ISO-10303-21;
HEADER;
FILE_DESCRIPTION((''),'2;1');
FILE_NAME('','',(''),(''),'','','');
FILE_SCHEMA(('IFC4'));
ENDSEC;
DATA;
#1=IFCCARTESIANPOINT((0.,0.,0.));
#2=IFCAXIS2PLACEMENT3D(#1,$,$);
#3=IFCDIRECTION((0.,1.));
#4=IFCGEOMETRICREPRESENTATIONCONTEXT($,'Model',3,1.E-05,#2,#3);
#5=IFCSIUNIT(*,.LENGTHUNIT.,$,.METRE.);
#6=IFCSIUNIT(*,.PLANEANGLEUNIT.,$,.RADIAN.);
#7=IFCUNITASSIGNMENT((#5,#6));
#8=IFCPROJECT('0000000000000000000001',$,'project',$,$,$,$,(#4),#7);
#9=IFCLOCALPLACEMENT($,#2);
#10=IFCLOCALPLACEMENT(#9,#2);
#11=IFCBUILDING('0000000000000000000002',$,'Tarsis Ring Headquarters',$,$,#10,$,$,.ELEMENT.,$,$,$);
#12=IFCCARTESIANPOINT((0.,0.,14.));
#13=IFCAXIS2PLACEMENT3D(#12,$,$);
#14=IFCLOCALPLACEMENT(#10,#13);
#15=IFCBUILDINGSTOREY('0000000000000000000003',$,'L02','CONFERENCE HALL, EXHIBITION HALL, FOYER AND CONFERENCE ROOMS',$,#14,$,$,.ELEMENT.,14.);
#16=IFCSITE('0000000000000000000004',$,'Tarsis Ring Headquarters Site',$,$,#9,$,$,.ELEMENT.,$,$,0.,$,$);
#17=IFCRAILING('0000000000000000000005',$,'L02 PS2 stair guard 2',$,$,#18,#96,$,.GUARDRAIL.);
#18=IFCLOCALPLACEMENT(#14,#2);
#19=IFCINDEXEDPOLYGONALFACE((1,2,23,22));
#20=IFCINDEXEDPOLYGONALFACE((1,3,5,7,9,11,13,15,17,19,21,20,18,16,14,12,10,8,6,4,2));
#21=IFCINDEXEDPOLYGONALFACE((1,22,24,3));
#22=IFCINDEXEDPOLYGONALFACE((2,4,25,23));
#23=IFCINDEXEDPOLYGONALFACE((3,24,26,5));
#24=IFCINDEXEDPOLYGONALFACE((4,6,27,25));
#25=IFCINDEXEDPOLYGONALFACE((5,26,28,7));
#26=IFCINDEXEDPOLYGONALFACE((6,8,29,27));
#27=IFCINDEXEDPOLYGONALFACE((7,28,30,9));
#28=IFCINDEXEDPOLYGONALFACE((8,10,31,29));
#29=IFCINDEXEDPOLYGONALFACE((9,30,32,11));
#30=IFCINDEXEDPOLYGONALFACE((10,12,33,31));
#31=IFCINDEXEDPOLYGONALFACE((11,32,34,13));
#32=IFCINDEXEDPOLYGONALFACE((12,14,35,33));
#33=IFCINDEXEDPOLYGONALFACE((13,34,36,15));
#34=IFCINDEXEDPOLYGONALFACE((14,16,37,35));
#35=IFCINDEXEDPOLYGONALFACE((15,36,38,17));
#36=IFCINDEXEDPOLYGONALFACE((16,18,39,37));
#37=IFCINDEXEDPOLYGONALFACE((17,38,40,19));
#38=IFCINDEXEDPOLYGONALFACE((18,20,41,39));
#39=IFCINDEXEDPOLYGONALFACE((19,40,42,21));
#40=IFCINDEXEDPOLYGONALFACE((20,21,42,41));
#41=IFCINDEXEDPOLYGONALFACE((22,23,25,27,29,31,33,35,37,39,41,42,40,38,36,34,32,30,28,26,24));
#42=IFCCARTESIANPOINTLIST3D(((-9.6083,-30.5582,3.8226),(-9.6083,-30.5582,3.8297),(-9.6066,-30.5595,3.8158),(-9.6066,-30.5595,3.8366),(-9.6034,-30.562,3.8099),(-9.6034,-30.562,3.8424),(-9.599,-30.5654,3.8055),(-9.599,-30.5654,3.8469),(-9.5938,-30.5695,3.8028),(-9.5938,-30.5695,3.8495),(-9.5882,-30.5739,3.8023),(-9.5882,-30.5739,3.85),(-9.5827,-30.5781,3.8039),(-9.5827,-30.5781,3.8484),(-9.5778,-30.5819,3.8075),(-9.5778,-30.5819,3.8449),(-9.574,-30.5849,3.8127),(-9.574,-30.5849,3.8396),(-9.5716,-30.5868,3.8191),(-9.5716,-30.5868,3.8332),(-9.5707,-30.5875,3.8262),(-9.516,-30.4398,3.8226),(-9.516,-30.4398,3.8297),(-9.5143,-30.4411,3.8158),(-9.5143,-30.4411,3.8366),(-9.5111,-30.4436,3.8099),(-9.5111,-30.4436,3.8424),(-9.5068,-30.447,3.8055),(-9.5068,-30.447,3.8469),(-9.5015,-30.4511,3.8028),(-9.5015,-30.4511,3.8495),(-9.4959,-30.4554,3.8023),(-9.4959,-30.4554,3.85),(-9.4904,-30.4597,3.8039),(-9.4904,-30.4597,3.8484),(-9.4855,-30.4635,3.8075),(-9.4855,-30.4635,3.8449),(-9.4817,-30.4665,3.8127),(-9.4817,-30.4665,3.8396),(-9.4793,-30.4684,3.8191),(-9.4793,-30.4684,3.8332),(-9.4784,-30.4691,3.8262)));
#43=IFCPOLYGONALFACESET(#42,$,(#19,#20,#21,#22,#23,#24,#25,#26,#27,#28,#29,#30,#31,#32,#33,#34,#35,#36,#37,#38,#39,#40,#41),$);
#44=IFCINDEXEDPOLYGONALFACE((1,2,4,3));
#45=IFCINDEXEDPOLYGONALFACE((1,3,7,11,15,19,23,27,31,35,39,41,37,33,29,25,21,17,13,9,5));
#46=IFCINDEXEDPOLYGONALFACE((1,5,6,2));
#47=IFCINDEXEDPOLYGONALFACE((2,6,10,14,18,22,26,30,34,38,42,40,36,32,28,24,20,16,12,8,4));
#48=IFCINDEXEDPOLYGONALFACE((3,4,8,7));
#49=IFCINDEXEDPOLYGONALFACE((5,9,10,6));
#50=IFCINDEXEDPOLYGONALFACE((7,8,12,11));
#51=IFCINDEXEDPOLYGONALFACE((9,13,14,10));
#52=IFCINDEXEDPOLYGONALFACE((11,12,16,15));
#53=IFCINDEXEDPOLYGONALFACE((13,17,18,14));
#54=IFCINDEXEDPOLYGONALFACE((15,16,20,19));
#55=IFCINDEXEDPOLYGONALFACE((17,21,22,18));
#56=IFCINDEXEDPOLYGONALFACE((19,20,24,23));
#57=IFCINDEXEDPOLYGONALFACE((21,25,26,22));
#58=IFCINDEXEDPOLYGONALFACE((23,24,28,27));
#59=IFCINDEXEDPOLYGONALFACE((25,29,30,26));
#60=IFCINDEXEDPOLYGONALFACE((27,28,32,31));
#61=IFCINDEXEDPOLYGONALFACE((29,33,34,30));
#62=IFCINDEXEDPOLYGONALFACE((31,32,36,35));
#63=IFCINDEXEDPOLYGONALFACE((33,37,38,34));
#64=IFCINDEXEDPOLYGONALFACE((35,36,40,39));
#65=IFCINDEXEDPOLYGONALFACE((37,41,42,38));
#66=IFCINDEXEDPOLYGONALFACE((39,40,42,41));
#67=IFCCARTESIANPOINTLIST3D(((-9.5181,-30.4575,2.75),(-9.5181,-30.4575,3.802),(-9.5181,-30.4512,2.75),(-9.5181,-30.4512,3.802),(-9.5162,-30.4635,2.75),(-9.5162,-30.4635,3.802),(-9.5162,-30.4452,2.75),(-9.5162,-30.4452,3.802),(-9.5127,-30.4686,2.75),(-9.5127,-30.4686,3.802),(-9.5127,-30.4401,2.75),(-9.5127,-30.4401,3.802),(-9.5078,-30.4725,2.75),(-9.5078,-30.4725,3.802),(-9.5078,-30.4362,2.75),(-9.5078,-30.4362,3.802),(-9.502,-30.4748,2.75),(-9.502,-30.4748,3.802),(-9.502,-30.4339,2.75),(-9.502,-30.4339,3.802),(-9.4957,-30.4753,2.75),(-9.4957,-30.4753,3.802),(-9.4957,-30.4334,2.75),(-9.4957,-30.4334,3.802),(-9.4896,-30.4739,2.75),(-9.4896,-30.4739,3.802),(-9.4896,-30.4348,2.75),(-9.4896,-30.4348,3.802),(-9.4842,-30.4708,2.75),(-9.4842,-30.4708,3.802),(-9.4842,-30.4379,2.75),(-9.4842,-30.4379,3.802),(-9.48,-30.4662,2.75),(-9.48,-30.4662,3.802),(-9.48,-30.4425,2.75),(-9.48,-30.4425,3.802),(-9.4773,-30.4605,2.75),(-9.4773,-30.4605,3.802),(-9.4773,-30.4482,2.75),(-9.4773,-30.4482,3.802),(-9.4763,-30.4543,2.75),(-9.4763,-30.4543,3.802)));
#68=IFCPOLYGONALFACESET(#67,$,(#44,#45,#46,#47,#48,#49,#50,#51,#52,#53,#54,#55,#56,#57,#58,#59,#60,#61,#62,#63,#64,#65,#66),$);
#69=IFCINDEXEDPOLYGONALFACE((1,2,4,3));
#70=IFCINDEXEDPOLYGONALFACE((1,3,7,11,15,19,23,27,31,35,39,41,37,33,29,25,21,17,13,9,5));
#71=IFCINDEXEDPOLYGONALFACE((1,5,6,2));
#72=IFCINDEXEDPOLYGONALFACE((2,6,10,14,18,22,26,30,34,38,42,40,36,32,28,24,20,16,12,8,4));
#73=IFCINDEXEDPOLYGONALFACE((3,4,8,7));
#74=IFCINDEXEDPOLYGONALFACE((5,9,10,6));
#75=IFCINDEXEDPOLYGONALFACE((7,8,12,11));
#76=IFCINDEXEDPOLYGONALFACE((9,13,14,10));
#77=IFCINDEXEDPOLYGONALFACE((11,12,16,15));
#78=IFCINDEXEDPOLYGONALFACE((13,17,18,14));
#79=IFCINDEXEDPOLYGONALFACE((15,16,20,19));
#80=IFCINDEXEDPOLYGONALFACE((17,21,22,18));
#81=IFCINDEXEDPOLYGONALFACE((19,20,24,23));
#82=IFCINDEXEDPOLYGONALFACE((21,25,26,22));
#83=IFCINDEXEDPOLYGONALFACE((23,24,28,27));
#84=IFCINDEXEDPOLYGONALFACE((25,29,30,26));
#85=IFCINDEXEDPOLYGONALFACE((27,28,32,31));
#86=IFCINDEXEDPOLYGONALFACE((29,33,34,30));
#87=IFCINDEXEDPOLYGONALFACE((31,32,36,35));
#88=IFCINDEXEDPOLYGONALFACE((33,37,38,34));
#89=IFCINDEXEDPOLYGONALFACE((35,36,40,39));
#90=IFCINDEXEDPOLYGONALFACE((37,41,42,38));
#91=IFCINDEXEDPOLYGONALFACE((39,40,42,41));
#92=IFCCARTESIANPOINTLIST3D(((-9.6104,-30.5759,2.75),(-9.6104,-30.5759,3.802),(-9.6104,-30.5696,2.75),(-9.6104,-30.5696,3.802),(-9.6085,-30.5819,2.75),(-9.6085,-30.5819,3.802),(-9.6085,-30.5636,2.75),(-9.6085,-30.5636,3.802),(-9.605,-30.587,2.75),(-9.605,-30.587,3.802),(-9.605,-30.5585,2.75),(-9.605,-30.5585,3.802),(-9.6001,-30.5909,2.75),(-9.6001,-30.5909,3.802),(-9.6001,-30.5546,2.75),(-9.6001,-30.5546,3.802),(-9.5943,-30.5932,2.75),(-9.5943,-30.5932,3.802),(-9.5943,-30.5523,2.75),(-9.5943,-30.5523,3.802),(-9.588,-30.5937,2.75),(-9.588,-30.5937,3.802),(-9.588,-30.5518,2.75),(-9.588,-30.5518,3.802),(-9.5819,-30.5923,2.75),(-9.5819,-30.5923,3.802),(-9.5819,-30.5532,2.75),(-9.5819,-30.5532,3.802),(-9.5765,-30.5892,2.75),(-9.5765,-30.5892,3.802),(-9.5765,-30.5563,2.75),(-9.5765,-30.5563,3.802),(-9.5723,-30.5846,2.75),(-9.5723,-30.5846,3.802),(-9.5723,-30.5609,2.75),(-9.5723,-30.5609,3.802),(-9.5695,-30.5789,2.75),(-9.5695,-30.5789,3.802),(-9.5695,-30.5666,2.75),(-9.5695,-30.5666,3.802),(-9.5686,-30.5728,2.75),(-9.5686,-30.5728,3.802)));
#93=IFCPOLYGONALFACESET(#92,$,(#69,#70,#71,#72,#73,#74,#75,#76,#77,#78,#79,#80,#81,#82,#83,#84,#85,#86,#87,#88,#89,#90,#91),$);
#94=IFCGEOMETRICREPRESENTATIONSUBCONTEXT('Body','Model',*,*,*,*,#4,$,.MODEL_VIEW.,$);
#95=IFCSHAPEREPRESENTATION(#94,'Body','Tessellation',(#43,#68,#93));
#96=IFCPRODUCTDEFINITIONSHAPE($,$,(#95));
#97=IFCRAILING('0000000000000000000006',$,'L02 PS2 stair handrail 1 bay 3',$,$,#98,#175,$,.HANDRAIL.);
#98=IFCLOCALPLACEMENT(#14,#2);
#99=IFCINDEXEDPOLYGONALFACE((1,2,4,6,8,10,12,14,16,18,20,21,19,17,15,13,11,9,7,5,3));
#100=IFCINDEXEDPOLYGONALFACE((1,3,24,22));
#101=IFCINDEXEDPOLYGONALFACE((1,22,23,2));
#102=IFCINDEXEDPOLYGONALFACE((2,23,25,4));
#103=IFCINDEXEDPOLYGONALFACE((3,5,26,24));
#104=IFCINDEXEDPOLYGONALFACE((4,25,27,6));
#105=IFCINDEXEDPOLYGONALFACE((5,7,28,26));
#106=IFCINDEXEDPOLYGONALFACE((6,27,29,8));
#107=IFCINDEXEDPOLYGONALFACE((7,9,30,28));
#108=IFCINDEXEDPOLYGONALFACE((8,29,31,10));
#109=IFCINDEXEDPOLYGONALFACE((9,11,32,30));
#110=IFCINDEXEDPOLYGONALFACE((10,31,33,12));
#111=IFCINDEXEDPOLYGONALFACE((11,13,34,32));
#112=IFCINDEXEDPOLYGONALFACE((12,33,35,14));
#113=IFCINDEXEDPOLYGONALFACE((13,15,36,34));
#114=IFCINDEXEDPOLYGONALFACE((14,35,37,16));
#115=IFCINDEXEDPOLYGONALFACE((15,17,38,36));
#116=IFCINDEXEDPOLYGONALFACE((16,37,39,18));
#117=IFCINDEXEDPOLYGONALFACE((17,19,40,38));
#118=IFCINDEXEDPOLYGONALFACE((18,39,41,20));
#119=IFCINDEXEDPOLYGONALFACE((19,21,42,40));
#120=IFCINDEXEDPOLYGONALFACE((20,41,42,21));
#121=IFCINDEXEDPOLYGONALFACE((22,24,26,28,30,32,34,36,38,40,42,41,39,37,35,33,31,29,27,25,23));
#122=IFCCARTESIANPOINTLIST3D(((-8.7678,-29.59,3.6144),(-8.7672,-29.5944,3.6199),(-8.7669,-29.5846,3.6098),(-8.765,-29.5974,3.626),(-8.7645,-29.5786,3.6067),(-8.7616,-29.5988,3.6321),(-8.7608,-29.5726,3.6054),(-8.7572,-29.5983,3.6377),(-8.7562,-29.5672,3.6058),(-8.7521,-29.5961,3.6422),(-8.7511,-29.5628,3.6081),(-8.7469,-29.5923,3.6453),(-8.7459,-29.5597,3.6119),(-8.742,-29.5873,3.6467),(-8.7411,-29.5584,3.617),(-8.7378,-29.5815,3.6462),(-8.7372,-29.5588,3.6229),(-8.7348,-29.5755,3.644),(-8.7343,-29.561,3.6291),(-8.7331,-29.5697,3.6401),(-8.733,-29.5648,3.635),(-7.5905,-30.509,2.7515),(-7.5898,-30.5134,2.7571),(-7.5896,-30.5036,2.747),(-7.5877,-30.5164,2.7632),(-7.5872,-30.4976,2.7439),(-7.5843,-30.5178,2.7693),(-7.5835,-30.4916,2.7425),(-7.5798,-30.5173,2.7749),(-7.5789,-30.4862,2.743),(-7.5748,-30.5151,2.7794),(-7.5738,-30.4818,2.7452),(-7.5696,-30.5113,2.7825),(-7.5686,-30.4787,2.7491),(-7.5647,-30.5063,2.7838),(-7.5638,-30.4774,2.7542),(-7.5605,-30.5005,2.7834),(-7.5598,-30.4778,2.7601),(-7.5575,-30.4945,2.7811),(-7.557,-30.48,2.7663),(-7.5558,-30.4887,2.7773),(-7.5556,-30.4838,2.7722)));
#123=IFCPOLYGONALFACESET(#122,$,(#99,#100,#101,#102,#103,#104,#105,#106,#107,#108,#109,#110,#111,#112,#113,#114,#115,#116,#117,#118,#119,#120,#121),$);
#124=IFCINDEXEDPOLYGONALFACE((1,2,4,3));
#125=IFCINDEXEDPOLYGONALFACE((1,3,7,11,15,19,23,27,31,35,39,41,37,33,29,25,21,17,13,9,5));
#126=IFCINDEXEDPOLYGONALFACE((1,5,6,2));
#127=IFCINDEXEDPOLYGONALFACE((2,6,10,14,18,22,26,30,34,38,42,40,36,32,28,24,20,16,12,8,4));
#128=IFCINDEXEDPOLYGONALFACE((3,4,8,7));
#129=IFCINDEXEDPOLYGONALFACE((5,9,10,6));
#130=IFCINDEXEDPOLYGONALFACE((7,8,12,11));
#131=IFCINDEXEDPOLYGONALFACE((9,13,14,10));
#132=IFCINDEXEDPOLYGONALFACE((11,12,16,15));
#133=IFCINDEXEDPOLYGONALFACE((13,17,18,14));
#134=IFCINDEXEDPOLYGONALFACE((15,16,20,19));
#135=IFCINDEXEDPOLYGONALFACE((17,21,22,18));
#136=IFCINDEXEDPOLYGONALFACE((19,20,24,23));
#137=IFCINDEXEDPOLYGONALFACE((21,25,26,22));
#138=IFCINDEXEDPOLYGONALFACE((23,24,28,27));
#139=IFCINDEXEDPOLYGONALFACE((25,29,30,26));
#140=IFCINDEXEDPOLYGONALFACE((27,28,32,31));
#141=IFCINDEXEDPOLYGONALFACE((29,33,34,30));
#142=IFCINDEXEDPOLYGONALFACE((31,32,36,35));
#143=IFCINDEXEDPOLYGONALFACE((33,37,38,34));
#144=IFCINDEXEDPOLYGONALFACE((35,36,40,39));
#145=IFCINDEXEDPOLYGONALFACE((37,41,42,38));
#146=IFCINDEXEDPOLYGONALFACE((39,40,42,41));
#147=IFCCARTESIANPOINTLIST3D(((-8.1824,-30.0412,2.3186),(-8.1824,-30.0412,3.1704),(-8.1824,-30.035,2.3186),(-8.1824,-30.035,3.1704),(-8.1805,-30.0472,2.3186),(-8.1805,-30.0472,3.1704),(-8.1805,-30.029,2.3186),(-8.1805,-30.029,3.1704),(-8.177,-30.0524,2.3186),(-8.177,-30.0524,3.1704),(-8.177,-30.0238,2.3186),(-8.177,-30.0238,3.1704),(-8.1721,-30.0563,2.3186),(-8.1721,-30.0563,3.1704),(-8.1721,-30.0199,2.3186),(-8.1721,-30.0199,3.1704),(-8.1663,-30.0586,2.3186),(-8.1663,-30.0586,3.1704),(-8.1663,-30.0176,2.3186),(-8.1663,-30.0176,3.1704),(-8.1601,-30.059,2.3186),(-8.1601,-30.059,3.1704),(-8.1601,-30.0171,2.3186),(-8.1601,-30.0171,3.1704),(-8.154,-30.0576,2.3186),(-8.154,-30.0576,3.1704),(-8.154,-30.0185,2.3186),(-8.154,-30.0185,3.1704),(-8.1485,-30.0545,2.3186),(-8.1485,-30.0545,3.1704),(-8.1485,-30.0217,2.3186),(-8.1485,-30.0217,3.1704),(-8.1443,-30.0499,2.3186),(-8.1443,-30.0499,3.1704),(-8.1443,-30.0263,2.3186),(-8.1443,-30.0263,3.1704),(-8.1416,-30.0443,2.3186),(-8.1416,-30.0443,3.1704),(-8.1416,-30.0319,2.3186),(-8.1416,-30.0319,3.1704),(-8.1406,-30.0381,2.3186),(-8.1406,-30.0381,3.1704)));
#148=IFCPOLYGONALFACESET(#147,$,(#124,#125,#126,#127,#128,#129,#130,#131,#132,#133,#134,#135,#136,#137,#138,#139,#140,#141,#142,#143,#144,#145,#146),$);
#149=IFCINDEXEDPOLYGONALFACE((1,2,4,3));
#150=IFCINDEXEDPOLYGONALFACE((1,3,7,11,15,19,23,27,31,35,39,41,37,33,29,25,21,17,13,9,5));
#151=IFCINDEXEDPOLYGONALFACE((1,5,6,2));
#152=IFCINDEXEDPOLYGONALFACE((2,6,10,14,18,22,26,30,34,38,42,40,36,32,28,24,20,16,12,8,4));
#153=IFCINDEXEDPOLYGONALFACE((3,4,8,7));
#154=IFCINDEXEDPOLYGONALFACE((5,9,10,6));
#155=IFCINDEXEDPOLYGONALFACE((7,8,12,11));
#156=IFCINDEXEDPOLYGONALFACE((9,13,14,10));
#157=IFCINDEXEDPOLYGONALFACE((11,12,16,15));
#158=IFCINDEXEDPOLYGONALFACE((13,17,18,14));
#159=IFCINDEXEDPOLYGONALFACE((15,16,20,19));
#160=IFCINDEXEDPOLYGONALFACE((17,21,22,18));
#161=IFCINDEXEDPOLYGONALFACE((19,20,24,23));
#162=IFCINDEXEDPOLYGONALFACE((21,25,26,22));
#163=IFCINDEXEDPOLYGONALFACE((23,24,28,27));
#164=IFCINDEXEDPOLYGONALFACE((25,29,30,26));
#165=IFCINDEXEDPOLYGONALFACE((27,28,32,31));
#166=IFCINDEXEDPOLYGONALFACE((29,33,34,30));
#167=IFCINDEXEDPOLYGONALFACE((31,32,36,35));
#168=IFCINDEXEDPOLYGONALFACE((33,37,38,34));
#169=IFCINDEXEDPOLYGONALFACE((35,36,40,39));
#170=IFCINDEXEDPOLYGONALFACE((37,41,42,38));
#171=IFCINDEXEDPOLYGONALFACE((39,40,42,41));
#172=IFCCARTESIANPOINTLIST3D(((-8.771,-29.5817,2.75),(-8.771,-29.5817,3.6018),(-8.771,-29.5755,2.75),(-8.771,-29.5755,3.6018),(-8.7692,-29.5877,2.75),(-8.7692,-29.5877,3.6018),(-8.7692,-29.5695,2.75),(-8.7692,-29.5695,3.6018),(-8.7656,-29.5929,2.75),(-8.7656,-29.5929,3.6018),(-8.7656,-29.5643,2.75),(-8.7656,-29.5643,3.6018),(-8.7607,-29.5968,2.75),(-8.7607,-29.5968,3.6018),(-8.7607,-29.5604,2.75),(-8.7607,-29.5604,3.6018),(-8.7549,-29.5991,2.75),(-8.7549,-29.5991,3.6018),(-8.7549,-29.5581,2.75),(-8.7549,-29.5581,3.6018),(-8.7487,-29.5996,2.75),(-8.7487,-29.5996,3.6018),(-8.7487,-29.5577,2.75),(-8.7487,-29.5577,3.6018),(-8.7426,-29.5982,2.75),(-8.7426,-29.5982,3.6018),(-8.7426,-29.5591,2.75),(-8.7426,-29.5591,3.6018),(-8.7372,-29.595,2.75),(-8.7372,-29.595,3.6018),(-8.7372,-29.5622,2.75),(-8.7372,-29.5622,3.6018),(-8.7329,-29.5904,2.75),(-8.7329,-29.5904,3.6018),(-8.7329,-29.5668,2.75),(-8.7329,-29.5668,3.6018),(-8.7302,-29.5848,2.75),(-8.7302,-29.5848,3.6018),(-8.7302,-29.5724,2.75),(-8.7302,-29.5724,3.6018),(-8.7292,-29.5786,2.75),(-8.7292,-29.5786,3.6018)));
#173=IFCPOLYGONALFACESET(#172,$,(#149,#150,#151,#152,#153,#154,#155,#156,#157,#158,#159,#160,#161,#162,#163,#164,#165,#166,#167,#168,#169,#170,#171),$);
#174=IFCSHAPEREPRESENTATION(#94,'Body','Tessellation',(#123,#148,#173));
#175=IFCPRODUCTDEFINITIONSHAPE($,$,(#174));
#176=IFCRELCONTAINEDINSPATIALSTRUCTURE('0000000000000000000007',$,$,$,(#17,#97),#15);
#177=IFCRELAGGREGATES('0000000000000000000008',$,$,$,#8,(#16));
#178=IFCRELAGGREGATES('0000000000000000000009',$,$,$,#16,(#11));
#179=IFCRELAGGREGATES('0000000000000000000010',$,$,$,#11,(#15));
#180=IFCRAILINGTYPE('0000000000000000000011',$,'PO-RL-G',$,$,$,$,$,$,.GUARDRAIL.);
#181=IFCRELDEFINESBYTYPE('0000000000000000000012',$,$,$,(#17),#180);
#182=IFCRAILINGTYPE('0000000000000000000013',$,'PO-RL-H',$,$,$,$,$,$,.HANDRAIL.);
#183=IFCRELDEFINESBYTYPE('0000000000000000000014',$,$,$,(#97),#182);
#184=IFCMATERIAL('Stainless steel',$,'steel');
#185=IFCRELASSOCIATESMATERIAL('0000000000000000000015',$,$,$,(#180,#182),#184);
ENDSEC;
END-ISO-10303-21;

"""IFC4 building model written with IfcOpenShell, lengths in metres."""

from ifc_helpers import new_model, si_unit, direction, frame, origin, origin_2d, place, context, subcontext, project, spatial, circle, extrude, material, type_object, element, save


model = new_model("IFC4")

# Units and contexts
model_context = context("Model", 3, precision=1e-05, world=origin(), true_north=direction((0.0, 1.0)))
body_context = subcontext(model_context, "Body", "Model", "MODEL_VIEW")
ifc_project = project(units=[si_unit("LENGTHUNIT", "METRE"), si_unit("PLANEANGLEUNIT", "RADIAN")], contexts=[model_context])

# Site, building, storey
site_placement = place(None, origin())
site = spatial("IfcSite", under=ifc_project, at=site_placement, Name="Tarsis Ring Headquarters Site", CompositionType="ELEMENT", RefElevation=0.0)
building_placement = place(site_placement, origin())
building = spatial("IfcBuilding", under=site, at=building_placement, Name="Tarsis Ring Headquarters", CompositionType="ELEMENT")
storey_placement = place(building_placement, frame((0.0, 0.0, 14.0)))
storey = spatial("IfcBuildingStorey", under=building, at=storey_placement, Name="L02", Description="CONFERENCE HALL, EXHIBITION HALL, FOYER AND CONFERENCE ROOMS", CompositionType="ELEMENT", Elevation=14.0)

# Railings
ifc_material_1 = material(Name="Stainless steel", Category="steel")
railing_type_1 = type_object("IfcRailingType", Name="PO-RL-G", PredefinedType="GUARDRAIL", material=ifc_material_1)
railing_1_placement = place(storey_placement, frame((-9.4973, -30.4543, 2.75)))
element("IfcRailing", 1, at=railing_1_placement, inside=storey, type_object=railing_type_1, Name="L02 PS2 stair guard 2", PredefinedType="GUARDRAIL", context=body_context, shape_type="SweptSolid", body=[
    extrude(circle(Radius=0.0239, at=origin_2d()), frame((0.0, 0.0, 1.0762), z_axis=(-0.614728, -0.788739, 0.0), x_axis=(0.788739, -0.614728, 0.0)), (0.0, 0.0, 1.0), 0.1501),
    extrude(circle(Radius=0.021, at=origin_2d()), origin(), (0.0, 0.0, 1.0), 1.052),
    extrude(circle(Radius=0.021, at=origin_2d()), frame((-0.0923, -0.1184, 0.0)), (0.0, 0.0, 1.0), 1.052),
])
railing_type_2 = type_object("IfcRailingType", Name="PO-RL-H", PredefinedType="HANDRAIL", material=ifc_material_1)
railing_2_placement = place(storey_placement, frame((-7.573, -30.4976, 1.8872)))
element("IfcRailing", 2, at=railing_2_placement, inside=storey, type_object=railing_type_2, Name="L02 PS2 stair handrail 1 bay 3", PredefinedType="HANDRAIL", context=body_context, shape_type="SweptSolid", body=[
    extrude(circle(Radius=0.0239, at=origin_2d()), frame((0.0, 0.0, 0.876), z_axis=(-0.682558, 0.532798, 0.500241), x_axis=(-0.61532, -0.788277, 0.0)), (0.0, 0.0, 1.0), 1.7249),
    extrude(circle(Radius=0.021, at=origin_2d()), frame((-0.5886, 0.4595, 0.4314)), (0.0, 0.0, 1.0), 0.8518),
    extrude(circle(Radius=0.021, at=origin_2d()), frame((-1.1772, 0.9189, 0.8628)), (0.0, 0.0, 1.0), 0.8518),
])

save(model, "model.ifc")
